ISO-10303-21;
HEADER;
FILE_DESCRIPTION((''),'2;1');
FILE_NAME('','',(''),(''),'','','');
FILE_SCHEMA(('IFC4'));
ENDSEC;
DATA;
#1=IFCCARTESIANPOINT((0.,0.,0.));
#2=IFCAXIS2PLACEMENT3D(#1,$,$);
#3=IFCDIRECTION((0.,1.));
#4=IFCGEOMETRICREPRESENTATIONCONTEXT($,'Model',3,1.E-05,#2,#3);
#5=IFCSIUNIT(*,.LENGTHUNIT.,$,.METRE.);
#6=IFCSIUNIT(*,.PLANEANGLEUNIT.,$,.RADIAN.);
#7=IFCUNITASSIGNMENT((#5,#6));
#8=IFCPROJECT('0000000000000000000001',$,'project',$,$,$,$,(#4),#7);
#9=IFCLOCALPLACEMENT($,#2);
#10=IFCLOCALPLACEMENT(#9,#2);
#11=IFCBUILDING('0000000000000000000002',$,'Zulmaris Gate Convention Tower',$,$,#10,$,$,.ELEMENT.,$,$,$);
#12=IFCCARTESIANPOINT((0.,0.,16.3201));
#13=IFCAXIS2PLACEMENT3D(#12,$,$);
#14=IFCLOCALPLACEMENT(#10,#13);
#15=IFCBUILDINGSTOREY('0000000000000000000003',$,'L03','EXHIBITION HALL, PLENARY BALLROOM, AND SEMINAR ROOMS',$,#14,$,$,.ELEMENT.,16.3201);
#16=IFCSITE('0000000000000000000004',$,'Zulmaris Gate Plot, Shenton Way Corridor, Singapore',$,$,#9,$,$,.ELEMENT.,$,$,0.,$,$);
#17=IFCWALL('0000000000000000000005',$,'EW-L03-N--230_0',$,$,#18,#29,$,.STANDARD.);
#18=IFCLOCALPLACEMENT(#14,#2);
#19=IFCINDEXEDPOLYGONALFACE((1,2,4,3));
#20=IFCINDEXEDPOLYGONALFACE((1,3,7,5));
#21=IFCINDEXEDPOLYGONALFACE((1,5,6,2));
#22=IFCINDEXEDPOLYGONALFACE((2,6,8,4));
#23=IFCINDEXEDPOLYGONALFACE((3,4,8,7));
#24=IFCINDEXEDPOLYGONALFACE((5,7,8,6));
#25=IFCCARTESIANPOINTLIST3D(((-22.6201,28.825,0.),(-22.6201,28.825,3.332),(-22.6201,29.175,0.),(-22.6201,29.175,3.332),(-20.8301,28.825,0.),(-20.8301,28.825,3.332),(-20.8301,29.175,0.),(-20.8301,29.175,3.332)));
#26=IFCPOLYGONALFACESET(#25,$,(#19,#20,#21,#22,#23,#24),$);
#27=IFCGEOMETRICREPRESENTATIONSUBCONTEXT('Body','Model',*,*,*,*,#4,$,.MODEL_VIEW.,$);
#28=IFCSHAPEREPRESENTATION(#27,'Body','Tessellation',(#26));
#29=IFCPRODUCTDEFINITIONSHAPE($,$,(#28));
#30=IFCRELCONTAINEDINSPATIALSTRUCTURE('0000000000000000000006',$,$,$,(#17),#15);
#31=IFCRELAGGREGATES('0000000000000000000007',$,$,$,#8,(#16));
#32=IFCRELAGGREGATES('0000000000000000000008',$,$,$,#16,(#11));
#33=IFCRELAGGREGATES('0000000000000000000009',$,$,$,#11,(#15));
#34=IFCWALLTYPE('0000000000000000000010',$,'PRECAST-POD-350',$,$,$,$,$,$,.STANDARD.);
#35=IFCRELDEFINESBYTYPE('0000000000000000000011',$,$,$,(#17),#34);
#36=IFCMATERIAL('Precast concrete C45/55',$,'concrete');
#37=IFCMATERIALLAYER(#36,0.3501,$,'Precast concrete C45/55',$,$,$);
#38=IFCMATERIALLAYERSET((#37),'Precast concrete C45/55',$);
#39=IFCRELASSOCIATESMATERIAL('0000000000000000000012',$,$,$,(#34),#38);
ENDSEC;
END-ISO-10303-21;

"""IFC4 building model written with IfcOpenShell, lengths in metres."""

from ifc_helpers import new_model, si_unit, direction, frame, frame_2d, origin, place, context, subcontext, project, spatial, rectangle, extrude, material, layer, layer_set, type_object, element, save


model = new_model("IFC4")

# Units and contexts
model_context = context("Model", 3, precision=1e-05, world=origin(), true_north=direction((0.0, 1.0)))
body_context = subcontext(model_context, "Body", "Model", "MODEL_VIEW")
ifc_project = project(units=[si_unit("LENGTHUNIT", "METRE"), si_unit("PLANEANGLEUNIT", "RADIAN")], contexts=[model_context])

# Site, building, storey
site_placement = place(None, origin())
site = spatial("IfcSite", under=ifc_project, at=site_placement, Name="Zulmaris Gate Plot, Shenton Way Corridor, Singapore", CompositionType="ELEMENT", RefElevation=0.0)
building_placement = place(site_placement, origin())
building = spatial("IfcBuilding", under=site, at=building_placement, Name="Zulmaris Gate Convention Tower", CompositionType="ELEMENT")
storey_placement = place(building_placement, frame((0.0, 0.0, 16.3201)))
storey = spatial("IfcBuildingStorey", under=building, at=storey_placement, Name="L03", Description="EXHIBITION HALL, PLENARY BALLROOM, AND SEMINAR ROOMS", CompositionType="ELEMENT", Elevation=16.3201)

# Wall
ifc_material_1 = material(Name="Precast concrete C45/55", Category="concrete")
ifc_layer_1 = layer(ifc_material_1, 0.3501, Name="Precast concrete C45/55")
ifc_layer_set_1 = layer_set([ifc_layer_1], Name="Precast concrete C45/55")
wall_type_1 = type_object("IfcWallType", Name="PRECAST-POD-350", PredefinedType="STANDARD", material=ifc_layer_set_1)
wall_1_placement = place(storey_placement, frame((-20.8301, 29.0, 0.0), z_axis=(0.0, 0.0, 1.0), x_axis=(-1.0, 0.0, 0.0)))
element("IfcWall", 1, at=wall_1_placement, inside=storey, type_object=wall_type_1, Name="EW-L03-N--230_0", PredefinedType="STANDARD", context=body_context, shape_type="SweptSolid", body=[
    extrude(rectangle(XDim=1.79, YDim=0.3501, at=frame_2d((0.895, 0.0))), origin(), (0.0, 0.0, 1.0), 3.332),
])

save(model, "model.ifc")
